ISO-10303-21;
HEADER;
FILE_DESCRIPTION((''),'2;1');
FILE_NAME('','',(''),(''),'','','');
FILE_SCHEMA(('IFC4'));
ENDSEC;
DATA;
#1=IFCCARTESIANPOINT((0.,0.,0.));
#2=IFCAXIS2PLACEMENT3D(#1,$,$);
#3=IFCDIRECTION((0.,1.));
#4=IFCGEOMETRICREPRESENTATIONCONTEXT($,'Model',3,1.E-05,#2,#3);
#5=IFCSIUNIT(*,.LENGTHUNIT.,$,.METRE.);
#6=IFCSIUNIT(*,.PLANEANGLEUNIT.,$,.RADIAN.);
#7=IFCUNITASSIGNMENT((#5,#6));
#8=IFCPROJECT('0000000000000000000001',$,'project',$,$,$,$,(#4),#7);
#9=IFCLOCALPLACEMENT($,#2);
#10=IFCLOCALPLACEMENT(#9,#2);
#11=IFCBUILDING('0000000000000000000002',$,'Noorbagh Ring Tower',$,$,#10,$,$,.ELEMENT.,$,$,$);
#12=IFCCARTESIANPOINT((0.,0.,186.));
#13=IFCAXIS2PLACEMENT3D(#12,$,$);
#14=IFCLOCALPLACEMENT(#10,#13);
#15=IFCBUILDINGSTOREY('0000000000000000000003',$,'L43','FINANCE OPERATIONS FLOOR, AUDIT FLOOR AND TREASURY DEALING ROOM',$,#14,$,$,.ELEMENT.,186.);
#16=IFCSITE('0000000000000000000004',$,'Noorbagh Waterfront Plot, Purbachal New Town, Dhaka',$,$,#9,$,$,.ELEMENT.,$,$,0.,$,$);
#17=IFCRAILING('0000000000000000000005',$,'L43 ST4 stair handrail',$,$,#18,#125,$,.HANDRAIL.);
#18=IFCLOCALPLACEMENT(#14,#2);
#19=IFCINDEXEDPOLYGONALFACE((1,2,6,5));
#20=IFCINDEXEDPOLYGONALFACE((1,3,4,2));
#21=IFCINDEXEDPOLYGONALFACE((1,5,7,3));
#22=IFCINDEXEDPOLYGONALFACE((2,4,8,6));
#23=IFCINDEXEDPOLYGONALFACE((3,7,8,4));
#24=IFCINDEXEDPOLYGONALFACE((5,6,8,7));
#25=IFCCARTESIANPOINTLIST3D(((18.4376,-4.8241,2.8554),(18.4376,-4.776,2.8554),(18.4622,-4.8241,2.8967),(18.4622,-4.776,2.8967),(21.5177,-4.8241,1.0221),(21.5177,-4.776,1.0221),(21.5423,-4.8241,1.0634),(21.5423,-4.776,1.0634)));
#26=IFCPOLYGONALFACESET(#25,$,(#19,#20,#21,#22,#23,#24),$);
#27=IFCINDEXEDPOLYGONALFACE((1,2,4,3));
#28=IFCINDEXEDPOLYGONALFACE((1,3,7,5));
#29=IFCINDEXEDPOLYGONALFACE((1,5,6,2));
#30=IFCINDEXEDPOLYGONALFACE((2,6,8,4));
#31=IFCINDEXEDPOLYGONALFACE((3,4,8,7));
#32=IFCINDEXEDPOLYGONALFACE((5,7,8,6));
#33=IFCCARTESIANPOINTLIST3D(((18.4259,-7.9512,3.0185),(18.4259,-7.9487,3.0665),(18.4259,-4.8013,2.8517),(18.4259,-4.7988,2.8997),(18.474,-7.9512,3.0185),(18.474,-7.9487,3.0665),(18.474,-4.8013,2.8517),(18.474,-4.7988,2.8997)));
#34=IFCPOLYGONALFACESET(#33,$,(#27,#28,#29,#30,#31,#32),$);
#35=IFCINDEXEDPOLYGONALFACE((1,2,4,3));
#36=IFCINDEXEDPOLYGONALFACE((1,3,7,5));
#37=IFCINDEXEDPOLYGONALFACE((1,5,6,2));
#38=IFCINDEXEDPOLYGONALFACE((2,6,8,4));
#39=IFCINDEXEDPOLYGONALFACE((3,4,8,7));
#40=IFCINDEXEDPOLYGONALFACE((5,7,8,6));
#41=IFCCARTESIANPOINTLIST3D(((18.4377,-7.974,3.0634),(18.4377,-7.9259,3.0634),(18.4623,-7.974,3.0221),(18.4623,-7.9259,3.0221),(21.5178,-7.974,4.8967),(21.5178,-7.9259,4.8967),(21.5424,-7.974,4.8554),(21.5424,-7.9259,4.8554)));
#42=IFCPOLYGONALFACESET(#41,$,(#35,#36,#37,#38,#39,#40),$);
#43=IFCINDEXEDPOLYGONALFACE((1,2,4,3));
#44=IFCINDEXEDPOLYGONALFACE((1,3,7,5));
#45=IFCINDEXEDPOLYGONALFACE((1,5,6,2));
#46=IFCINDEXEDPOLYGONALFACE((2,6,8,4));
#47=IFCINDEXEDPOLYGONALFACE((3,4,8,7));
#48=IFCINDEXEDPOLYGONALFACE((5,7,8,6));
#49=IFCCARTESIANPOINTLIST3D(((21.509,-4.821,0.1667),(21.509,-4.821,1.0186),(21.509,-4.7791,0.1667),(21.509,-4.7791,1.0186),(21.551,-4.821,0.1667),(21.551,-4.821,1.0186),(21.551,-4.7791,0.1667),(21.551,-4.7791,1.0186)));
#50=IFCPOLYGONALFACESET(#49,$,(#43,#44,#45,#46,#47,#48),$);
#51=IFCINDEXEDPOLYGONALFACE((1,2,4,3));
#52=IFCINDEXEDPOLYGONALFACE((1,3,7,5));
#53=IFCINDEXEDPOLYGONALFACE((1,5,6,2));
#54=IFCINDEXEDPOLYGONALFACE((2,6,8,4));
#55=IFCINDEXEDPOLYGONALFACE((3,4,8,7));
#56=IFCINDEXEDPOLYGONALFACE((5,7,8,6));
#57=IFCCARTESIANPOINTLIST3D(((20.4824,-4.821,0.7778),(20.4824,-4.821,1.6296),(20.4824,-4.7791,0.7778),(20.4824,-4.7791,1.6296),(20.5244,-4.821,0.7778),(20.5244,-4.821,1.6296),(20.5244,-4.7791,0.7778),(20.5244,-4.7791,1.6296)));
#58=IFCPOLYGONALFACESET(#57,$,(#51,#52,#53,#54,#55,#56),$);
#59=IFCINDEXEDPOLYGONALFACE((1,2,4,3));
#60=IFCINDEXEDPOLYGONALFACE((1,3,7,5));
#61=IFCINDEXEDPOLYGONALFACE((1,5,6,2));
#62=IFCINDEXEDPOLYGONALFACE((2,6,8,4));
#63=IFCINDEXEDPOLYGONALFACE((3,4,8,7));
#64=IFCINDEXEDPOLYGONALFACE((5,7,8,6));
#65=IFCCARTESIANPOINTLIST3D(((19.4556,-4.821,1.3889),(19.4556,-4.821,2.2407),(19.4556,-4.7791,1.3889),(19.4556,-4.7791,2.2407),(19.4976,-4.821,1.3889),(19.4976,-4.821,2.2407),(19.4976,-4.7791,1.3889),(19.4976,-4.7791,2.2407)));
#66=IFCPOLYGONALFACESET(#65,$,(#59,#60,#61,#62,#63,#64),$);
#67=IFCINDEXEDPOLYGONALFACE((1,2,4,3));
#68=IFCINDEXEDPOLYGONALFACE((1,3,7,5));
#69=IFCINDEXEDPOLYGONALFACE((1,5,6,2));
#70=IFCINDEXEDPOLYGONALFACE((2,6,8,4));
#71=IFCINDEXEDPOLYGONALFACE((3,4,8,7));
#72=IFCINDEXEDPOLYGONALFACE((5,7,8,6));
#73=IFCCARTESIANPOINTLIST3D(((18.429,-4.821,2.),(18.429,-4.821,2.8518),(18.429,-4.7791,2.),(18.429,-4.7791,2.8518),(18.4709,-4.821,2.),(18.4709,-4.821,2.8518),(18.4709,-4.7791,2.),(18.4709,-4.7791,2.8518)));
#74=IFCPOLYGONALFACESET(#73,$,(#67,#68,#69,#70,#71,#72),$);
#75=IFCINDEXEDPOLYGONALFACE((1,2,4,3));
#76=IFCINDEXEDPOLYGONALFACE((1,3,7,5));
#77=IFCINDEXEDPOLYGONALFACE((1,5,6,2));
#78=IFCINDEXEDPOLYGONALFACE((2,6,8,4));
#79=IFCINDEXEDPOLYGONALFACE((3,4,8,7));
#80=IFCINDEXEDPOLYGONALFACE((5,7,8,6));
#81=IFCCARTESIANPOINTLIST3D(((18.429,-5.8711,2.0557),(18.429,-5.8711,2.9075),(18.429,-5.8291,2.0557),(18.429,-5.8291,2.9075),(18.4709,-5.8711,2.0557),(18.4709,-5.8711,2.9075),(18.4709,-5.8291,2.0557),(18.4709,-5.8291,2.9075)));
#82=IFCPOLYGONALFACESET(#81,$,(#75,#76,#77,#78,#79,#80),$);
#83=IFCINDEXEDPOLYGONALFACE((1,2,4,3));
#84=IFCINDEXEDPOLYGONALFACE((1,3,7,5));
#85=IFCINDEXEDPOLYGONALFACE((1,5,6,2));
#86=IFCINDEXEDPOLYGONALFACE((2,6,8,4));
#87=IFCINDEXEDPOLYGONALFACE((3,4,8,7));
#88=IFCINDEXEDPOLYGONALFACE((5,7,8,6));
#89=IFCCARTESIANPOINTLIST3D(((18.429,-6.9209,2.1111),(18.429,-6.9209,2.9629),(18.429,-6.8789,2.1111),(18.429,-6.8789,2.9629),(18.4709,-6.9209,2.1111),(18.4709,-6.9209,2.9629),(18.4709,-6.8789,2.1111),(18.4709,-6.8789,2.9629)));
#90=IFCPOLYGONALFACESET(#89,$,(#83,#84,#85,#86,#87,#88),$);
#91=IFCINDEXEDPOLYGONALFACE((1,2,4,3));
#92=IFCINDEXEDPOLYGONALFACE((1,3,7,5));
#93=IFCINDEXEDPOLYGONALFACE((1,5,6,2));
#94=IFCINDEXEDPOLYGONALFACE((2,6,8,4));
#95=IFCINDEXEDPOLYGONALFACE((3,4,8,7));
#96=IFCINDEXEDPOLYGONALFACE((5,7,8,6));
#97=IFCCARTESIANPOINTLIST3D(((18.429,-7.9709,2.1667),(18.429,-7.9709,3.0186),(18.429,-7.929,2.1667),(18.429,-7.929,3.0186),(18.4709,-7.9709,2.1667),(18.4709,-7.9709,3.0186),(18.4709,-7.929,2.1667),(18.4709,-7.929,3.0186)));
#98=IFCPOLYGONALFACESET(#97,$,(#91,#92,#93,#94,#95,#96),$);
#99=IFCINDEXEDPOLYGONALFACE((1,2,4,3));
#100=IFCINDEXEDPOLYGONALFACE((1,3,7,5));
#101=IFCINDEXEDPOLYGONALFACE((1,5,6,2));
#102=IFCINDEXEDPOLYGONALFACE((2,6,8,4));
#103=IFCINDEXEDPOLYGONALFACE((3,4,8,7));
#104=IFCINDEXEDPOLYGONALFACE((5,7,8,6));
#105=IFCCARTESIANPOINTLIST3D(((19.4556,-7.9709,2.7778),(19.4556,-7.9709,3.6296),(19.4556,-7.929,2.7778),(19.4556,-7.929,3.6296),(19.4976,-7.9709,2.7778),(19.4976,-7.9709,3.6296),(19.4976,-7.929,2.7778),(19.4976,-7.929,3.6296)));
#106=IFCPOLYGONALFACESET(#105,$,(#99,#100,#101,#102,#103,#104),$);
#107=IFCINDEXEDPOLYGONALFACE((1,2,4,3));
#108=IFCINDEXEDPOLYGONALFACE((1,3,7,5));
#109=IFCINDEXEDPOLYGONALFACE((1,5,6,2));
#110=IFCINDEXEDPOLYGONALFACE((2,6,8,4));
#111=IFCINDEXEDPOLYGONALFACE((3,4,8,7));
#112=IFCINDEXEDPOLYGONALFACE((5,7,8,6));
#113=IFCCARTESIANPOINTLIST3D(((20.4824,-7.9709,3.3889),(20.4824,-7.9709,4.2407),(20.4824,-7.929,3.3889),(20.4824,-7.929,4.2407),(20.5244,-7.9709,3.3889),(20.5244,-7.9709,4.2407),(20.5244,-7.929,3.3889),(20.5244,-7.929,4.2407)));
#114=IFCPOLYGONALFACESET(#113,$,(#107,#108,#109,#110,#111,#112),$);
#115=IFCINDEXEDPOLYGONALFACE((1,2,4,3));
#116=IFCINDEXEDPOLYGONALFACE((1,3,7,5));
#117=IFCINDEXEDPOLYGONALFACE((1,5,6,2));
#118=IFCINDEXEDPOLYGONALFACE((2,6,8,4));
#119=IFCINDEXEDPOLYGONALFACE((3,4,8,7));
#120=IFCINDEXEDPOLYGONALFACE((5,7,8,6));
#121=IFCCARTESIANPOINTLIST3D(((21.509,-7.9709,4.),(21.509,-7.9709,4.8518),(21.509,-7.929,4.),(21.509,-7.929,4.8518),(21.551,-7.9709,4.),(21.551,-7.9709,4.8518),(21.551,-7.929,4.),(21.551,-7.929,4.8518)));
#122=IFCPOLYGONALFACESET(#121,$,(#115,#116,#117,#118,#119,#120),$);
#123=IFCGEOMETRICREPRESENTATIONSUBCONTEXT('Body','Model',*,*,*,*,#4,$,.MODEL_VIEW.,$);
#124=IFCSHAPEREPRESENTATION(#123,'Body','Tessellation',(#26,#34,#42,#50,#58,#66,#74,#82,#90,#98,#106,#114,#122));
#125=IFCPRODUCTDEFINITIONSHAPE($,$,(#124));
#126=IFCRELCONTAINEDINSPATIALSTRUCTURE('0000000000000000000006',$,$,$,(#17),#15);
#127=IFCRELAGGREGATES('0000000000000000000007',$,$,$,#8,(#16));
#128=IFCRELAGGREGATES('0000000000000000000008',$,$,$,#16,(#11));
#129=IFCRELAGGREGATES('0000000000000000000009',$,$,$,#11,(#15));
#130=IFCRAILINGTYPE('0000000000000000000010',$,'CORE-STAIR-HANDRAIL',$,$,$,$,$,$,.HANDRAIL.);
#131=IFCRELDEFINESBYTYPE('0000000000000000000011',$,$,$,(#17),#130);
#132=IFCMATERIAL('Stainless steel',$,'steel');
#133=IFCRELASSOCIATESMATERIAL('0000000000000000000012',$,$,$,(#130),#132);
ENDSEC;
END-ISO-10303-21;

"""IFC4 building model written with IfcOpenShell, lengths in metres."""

from ifc_helpers import new_model, si_unit, direction, frame, origin, origin_2d, place, context, subcontext, project, spatial, rectangle, extrude, material, type_object, element, save


model = new_model("IFC4")

# Units and contexts
model_context = context("Model", 3, precision=1e-05, world=origin(), true_north=direction((0.0, 1.0)))
body_context = subcontext(model_context, "Body", "Model", "MODEL_VIEW")
ifc_project = project(units=[si_unit("LENGTHUNIT", "METRE"), si_unit("PLANEANGLEUNIT", "RADIAN")], contexts=[model_context])

# Site, building, storey
site_placement = place(None, origin())
site = spatial("IfcSite", under=ifc_project, at=site_placement, Name="Noorbagh Waterfront Plot, Purbachal New Town, Dhaka", CompositionType="ELEMENT", RefElevation=0.0)
building_placement = place(site_placement, origin())
building = spatial("IfcBuilding", under=site, at=building_placement, Name="Noorbagh Ring Tower", CompositionType="ELEMENT")
storey_placement = place(building_placement, frame((0.0, 0.0, 186.0)))
storey = spatial("IfcBuildingStorey", under=building, at=storey_placement, Name="L43", Description="FINANCE OPERATIONS FLOOR, AUDIT FLOOR AND TREASURY DEALING ROOM", CompositionType="ELEMENT", Elevation=186.0)

# Railing
ifc_material_1 = material(Name="Stainless steel", Category="steel")
railing_type_1 = type_object("IfcRailingType", Name="CORE-STAIR-HANDRAIL", PredefinedType="HANDRAIL", material=ifc_material_1)
railing_1_placement = place(storey_placement, frame((21.53, -4.8, 0.1667)))
element("IfcRailing", 1, at=railing_1_placement, inside=storey, type_object=railing_type_1, Name="L43 ST4 stair handrail", PredefinedType="HANDRAIL", context=body_context, shape_type="SweptSolid", body=[
    extrude(rectangle(XDim=0.0481, YDim=0.0481, at=origin_2d()), frame((0.0, 0.0, 0.876), z_axis=(-0.859309, 0.0, 0.511458), x_axis=(0.0, -1.0, 0.0)), (0.0, 0.0, 1.0), 3.5845),
    extrude(rectangle(XDim=0.0481, YDim=0.0481, at=origin_2d()), frame((-3.0801, 0.0, 2.709), z_axis=(0.0, -0.998602, 0.052864), x_axis=(1.0, 0.0, 0.0)), (0.0, 0.0, 1.0), 3.1543),
    extrude(rectangle(XDim=0.0481, YDim=0.0481, at=origin_2d()), frame((-3.0801, -3.1499, 2.876), z_axis=(0.859309, 0.0, 0.511458), x_axis=(0.0, 1.0, 0.0)), (0.0, 0.0, 1.0), 3.5845),
    extrude(rectangle(XDim=0.042, YDim=0.042, at=origin_2d()), origin(), (0.0, 0.0, 1.0), 0.8518),
    extrude(rectangle(XDim=0.042, YDim=0.042, at=origin_2d()), frame((-1.0266, 0.0, 0.6111)), (0.0, 0.0, 1.0), 0.8518),
    extrude(rectangle(XDim=0.042, YDim=0.042, at=origin_2d()), frame((-2.0535, 0.0, 1.2222)), (0.0, 0.0, 1.0), 0.8518),
    extrude(rectangle(XDim=0.042, YDim=0.042, at=origin_2d()), frame((-3.0801, 0.0, 1.8333)), (0.0, 0.0, 1.0), 0.8518),
    extrude(rectangle(XDim=0.042, YDim=0.042, at=origin_2d()), frame((-3.0801, -1.05, 1.8889)), (0.0, 0.0, 1.0), 0.8518),
    extrude(rectangle(XDim=0.042, YDim=0.042, at=origin_2d()), frame((-3.0801, -2.0999, 1.9443)), (0.0, 0.0, 1.0), 0.8518),
    extrude(rectangle(XDim=0.042, YDim=0.042, at=origin_2d()), frame((-3.0801, -3.1499, 2.0)), (0.0, 0.0, 1.0), 0.8518),
    extrude(rectangle(XDim=0.042, YDim=0.042, at=origin_2d()), frame((-2.0535, -3.1499, 2.6111)), (0.0, 0.0, 1.0), 0.8518),
    extrude(rectangle(XDim=0.042, YDim=0.042, at=origin_2d()), frame((-1.0266, -3.1499, 3.2222)), (0.0, 0.0, 1.0), 0.8518),
    extrude(rectangle(XDim=0.042, YDim=0.042, at=origin_2d()), frame((0.0, -3.1499, 3.8333)), (0.0, 0.0, 1.0), 0.8518),
])

save(model, "model.ifc")
